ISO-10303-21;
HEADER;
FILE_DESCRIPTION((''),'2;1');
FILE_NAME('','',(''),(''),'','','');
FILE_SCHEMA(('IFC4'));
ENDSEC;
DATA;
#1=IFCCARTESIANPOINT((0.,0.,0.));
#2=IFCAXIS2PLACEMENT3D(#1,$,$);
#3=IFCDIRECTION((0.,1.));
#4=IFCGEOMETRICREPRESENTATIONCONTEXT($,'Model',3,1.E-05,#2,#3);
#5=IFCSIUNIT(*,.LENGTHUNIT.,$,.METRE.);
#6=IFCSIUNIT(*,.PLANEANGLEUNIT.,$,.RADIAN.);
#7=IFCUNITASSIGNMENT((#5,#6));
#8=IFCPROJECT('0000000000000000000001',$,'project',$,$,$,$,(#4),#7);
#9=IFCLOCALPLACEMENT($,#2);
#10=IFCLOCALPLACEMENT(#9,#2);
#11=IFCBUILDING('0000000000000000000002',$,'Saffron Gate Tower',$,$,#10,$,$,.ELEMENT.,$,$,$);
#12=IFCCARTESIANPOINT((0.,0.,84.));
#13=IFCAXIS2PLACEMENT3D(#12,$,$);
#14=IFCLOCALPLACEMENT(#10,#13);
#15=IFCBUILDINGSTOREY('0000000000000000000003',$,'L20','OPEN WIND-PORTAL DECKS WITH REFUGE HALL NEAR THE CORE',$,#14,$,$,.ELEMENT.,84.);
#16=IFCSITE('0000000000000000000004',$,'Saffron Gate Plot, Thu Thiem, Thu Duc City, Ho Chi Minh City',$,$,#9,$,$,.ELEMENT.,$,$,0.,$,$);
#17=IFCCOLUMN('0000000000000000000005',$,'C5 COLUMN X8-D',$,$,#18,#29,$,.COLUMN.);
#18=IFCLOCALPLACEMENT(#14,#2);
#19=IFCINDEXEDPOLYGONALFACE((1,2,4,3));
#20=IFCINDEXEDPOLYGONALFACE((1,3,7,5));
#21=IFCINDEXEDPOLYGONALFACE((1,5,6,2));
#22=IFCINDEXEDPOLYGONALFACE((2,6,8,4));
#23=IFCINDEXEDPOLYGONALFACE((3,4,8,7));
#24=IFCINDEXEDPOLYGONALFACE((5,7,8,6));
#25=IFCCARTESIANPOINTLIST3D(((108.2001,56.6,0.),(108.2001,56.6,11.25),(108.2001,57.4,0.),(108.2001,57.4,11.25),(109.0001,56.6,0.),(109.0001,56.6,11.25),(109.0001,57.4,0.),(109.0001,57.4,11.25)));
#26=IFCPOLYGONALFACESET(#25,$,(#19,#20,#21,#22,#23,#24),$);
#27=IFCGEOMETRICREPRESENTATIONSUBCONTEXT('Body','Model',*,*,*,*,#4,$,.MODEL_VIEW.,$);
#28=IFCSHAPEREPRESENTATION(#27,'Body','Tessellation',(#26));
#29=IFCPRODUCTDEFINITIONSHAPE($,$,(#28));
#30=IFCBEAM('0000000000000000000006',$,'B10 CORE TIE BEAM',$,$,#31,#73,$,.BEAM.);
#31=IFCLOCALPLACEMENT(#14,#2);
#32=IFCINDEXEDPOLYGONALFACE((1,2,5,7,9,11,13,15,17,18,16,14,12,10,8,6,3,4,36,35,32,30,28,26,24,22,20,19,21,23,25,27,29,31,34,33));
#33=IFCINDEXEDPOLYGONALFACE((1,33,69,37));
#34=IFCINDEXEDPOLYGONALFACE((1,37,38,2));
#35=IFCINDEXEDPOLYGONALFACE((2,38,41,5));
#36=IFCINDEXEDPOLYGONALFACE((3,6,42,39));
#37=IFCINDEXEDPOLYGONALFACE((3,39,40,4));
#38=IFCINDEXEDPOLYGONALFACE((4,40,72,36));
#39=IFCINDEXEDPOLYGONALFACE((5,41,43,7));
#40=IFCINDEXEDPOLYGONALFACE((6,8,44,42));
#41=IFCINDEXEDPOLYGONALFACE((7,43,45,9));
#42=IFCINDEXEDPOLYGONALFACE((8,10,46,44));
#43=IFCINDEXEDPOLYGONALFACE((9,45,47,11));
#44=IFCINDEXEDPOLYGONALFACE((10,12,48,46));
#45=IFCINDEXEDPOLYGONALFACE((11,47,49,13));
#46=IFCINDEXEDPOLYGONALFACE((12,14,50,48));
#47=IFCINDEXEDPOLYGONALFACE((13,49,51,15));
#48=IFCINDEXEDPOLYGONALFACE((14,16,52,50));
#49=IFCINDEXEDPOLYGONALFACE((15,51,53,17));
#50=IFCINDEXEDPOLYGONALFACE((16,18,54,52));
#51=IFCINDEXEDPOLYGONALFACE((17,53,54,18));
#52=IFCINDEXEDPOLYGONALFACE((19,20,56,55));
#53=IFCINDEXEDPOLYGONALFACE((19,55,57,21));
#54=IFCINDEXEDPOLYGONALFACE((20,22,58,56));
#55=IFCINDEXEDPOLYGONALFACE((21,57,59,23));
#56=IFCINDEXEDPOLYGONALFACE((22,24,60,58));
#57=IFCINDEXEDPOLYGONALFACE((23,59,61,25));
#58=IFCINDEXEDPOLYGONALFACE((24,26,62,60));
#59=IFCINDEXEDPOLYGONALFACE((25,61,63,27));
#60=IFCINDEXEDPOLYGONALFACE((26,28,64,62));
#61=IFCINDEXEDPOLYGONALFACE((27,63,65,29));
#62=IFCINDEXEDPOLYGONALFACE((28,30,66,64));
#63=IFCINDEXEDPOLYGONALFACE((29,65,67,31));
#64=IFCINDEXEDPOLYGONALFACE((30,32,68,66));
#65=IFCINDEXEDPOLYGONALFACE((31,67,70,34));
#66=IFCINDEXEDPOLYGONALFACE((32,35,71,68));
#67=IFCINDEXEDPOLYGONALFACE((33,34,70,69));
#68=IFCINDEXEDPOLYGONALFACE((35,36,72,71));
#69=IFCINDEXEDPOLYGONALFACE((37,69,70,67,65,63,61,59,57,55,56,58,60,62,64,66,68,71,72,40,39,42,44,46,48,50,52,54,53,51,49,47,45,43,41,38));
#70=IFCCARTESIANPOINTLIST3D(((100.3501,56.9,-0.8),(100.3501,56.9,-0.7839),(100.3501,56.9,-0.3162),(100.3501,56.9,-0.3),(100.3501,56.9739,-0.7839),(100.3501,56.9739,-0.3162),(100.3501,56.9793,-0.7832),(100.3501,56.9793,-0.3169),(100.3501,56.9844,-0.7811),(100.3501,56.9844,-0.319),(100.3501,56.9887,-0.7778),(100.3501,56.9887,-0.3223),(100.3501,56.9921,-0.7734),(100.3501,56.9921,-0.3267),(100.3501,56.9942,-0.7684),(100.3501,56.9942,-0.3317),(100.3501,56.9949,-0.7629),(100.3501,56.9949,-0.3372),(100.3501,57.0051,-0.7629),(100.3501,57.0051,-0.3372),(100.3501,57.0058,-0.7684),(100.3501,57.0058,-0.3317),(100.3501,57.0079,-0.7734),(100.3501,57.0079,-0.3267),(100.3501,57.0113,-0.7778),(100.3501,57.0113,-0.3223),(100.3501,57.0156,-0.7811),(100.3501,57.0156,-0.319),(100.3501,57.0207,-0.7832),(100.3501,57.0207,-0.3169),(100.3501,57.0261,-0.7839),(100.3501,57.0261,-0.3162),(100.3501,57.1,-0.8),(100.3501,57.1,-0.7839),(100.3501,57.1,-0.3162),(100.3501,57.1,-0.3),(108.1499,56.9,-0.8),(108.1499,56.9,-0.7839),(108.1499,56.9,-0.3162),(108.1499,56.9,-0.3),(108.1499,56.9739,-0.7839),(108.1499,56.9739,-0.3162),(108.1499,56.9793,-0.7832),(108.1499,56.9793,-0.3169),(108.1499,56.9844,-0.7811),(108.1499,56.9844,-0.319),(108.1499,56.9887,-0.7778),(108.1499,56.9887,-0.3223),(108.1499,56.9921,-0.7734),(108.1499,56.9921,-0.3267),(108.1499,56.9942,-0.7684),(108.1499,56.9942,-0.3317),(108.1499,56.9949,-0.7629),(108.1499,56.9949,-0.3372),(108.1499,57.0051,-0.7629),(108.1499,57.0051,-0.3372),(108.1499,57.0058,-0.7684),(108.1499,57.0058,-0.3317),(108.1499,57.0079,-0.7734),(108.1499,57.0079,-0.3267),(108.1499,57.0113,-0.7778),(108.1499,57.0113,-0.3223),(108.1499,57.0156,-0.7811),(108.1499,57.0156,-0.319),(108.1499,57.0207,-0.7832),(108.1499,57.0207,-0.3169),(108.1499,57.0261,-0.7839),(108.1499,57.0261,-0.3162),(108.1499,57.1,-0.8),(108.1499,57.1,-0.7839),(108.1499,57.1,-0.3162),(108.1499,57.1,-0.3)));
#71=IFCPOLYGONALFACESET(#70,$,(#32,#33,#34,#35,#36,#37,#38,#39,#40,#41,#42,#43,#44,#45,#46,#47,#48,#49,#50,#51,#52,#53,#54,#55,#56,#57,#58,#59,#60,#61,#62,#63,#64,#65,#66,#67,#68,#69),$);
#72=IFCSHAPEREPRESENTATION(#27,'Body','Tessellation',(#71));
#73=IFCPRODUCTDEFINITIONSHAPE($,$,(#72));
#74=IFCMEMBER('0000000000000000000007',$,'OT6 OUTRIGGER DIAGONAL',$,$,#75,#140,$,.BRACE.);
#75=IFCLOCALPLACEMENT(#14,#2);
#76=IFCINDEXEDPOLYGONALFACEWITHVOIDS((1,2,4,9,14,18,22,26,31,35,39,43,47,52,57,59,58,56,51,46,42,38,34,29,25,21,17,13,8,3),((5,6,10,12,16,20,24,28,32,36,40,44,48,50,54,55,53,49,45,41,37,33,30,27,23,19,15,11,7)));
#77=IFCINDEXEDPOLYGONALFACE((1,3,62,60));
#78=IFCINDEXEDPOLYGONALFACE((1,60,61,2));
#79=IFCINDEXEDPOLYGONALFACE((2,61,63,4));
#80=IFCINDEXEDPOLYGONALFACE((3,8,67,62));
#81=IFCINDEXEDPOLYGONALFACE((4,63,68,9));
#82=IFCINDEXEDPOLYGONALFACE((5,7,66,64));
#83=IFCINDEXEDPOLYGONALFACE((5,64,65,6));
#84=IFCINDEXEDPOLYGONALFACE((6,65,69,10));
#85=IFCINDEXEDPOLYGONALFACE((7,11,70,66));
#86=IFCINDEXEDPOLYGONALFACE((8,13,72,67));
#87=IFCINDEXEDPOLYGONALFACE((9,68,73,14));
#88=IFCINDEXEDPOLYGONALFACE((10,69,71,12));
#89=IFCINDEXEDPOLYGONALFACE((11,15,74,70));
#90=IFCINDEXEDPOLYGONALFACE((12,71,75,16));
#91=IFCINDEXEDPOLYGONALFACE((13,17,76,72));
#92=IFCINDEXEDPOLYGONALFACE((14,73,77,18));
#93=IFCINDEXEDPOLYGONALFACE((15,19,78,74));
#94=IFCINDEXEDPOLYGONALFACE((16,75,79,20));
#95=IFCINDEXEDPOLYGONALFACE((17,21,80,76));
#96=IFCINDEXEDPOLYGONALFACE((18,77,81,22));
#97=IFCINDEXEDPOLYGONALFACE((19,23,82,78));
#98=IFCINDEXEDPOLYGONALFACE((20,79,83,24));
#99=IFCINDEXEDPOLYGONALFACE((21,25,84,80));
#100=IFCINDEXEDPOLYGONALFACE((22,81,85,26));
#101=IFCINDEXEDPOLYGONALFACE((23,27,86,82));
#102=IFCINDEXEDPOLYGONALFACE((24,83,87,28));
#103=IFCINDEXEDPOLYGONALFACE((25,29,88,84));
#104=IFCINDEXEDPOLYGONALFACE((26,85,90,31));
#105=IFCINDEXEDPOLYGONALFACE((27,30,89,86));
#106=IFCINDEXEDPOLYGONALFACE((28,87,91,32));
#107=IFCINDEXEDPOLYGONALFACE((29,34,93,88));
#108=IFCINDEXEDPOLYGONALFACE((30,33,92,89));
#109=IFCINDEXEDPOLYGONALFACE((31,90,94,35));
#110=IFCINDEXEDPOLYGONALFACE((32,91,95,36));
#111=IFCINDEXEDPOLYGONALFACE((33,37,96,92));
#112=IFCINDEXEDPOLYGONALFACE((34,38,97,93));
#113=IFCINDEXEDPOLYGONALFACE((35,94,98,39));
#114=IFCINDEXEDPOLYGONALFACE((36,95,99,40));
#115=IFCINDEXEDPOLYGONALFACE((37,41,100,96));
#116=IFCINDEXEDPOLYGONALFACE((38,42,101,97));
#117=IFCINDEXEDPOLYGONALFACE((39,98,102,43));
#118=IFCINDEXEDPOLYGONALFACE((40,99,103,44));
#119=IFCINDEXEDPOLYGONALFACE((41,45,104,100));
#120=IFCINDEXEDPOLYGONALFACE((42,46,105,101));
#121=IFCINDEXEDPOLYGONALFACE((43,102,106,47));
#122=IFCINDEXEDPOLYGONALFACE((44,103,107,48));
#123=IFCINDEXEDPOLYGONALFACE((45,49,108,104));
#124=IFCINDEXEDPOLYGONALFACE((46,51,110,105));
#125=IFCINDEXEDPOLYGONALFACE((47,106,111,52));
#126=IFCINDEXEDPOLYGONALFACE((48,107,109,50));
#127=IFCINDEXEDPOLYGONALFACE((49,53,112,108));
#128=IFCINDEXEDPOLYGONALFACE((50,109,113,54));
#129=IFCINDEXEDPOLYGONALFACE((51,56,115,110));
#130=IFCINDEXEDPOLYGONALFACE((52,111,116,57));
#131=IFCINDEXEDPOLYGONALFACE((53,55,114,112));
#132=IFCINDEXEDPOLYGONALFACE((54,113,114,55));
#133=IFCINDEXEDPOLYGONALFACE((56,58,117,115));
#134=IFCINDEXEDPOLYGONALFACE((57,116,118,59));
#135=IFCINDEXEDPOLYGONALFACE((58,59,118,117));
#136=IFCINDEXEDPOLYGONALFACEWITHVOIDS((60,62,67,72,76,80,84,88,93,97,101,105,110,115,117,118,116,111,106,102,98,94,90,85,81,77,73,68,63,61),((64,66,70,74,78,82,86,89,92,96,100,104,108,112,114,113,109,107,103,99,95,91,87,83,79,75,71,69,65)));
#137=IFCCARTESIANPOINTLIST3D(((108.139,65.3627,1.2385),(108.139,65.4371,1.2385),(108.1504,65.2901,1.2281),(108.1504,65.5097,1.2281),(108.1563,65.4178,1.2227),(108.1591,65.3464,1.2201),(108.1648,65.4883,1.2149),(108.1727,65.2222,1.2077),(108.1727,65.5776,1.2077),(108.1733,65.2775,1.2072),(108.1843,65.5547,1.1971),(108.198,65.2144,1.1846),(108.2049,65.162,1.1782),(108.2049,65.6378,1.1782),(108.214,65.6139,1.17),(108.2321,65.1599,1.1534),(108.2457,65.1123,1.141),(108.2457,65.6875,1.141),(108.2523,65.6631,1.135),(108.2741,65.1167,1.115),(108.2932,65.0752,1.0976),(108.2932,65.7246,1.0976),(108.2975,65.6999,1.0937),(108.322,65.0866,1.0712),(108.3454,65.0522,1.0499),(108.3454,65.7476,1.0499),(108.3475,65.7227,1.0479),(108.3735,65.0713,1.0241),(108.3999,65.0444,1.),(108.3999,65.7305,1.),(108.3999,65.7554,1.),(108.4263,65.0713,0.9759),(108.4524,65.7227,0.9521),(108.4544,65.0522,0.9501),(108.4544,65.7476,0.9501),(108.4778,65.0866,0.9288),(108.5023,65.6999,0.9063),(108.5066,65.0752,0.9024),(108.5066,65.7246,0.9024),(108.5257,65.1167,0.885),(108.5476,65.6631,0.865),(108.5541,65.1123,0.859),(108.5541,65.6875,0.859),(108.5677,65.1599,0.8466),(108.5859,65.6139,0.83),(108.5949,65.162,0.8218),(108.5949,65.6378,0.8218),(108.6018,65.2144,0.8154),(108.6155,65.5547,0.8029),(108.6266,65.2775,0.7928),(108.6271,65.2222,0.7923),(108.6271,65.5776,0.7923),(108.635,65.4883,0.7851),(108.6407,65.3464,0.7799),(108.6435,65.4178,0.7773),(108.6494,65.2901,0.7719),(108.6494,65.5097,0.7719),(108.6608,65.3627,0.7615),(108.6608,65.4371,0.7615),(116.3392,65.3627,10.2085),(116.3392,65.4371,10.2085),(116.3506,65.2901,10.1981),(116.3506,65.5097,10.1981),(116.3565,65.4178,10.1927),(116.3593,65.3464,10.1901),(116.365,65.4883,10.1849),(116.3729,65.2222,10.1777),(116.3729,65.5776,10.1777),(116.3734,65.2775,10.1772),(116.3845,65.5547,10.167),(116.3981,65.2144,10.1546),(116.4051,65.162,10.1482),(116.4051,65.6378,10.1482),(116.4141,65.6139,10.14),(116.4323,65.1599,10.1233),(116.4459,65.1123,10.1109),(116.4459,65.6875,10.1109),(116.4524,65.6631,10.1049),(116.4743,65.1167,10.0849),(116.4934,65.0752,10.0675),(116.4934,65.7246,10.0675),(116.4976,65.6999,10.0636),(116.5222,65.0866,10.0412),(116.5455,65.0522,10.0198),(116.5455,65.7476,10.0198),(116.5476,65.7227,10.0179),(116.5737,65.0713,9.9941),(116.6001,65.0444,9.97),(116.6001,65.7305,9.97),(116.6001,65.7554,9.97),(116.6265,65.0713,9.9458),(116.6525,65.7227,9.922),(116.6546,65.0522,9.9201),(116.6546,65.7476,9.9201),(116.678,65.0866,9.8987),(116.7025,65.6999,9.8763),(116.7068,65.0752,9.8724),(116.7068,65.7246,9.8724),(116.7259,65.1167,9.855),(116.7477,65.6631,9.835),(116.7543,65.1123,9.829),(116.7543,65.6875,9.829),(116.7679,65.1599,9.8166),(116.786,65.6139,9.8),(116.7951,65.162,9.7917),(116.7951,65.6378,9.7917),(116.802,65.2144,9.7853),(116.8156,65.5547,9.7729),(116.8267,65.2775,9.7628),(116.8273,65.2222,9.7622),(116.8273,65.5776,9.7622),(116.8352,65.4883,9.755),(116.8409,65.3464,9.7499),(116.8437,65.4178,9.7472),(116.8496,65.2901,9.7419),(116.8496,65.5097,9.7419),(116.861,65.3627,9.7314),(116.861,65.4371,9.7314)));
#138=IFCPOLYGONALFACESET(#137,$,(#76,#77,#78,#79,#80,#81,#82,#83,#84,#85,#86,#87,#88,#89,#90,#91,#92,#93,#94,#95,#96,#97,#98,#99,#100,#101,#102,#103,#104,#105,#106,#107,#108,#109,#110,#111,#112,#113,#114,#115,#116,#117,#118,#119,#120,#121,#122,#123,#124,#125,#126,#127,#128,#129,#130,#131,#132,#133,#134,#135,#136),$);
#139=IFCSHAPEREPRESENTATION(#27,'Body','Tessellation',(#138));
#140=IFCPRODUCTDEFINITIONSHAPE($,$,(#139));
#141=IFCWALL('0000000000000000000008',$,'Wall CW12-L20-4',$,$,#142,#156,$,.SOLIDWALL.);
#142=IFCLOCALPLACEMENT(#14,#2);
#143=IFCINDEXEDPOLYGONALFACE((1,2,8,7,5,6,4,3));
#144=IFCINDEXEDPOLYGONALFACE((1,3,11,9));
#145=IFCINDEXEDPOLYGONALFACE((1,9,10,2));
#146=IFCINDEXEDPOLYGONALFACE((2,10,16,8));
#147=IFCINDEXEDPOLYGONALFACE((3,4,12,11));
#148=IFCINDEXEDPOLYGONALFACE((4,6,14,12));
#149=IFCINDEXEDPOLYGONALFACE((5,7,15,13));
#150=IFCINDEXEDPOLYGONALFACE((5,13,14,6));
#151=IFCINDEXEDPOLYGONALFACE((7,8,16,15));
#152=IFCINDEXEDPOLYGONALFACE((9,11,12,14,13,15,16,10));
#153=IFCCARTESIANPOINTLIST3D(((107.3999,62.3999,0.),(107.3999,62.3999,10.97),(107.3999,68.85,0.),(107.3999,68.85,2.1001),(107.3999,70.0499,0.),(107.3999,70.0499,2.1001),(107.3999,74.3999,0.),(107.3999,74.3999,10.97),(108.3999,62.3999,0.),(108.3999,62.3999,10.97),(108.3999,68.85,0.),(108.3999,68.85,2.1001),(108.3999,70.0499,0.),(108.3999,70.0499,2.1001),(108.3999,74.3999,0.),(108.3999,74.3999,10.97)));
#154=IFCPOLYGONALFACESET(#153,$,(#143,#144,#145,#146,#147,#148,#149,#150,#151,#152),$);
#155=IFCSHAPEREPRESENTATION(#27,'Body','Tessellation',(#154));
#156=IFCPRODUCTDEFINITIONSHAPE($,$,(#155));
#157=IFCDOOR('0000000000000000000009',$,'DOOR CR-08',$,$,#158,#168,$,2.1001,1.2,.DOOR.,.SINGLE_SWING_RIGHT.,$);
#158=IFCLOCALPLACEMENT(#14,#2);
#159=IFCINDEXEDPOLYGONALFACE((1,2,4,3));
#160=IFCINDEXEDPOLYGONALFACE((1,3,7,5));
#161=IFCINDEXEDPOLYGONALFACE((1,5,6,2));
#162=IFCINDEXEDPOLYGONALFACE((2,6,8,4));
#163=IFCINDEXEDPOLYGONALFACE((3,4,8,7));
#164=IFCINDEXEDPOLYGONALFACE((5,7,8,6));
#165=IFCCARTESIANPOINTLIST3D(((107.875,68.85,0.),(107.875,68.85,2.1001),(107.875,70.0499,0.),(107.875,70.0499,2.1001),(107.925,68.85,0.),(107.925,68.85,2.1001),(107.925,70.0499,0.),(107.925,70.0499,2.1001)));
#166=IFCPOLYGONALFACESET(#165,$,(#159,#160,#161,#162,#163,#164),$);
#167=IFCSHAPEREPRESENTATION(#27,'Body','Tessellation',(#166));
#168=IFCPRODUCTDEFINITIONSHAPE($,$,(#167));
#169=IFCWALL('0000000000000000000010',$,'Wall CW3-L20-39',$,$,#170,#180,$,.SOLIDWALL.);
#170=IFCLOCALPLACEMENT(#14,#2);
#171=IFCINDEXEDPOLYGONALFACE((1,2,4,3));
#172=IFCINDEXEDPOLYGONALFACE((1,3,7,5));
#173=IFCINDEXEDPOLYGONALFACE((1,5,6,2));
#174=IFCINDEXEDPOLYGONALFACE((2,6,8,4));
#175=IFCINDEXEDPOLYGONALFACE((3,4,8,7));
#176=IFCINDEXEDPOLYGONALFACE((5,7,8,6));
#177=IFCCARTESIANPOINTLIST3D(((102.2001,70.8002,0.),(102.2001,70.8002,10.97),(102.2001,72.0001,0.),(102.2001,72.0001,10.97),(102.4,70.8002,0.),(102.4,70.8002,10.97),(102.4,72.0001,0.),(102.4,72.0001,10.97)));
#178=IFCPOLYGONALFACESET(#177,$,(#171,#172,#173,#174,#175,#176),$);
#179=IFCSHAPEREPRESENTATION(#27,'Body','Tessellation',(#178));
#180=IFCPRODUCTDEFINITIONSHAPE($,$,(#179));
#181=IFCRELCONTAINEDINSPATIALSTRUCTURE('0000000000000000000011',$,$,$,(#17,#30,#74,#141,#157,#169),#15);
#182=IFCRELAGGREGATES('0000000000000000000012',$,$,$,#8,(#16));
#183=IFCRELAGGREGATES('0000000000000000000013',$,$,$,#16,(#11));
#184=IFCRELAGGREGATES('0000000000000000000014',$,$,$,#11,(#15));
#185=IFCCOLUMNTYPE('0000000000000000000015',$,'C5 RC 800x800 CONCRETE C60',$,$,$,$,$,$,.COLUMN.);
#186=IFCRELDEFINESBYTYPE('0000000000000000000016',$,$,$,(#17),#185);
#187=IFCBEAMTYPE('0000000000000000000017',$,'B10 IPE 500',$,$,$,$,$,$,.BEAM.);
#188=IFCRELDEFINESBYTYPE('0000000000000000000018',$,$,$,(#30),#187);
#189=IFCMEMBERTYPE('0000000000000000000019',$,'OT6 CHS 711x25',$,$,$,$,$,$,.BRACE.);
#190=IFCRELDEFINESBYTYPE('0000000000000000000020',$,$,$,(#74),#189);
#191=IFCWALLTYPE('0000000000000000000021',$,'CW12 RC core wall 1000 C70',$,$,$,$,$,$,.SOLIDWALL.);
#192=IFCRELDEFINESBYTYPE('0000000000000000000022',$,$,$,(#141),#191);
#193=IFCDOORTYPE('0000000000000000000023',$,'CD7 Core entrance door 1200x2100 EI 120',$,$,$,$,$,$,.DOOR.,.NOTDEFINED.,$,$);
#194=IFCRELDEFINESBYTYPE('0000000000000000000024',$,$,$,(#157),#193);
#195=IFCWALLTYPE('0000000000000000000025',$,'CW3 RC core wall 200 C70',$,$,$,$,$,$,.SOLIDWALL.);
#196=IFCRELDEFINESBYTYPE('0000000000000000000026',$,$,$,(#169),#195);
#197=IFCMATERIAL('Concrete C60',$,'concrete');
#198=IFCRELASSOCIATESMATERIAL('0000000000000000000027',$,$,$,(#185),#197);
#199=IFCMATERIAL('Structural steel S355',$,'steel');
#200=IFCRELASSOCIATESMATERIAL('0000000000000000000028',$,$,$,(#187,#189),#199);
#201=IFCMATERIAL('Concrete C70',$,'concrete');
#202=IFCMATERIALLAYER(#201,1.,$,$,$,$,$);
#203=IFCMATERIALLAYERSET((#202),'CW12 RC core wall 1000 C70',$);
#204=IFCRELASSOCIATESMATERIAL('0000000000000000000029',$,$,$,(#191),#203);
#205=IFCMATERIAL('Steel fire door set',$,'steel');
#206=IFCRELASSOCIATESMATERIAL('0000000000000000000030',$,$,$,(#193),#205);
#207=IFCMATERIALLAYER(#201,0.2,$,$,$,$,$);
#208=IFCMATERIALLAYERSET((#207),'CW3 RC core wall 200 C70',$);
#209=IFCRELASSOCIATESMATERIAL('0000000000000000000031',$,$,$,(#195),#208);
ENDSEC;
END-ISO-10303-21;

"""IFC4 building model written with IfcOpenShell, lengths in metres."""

from ifc_helpers import new_model, si_unit, direction, frame, frame_2d, origin, origin_2d, place, context, subcontext, project, spatial, rectangle, hollow_circle, i_section, extrude, material, layer, layer_set, material_profile, profile_set, type_object, element, fill, save


model = new_model("IFC4")

# Units and contexts
model_context = context("Model", 3, precision=1e-05, world=origin(), true_north=direction((0.0, 1.0)))
body_context = subcontext(model_context, "Body", "Model", "MODEL_VIEW")
ifc_project = project(units=[si_unit("LENGTHUNIT", "METRE"), si_unit("PLANEANGLEUNIT", "RADIAN")], contexts=[model_context])

# Site, building, storey
site_placement = place(None, origin())
site = spatial("IfcSite", under=ifc_project, at=site_placement, Name="Saffron Gate Plot, Thu Thiem, Thu Duc City, Ho Chi Minh City", CompositionType="ELEMENT", RefElevation=0.0)
building_placement = place(site_placement, origin())
building = spatial("IfcBuilding", under=site, at=building_placement, Name="Saffron Gate Tower", CompositionType="ELEMENT")
storey_placement = place(building_placement, frame((0.0, 0.0, 84.0)))
storey = spatial("IfcBuildingStorey", under=building, at=storey_placement, Name="L20", Description="OPEN WIND-PORTAL DECKS WITH REFUGE HALL NEAR THE CORE", CompositionType="ELEMENT", Elevation=84.0)

# Column
ifc_material_1 = material(Name="Concrete C60", Category="concrete")
ifc_material_profile_1 = material_profile(ifc_material_1, rectangle(XDim=0.8, YDim=0.8, at=origin_2d()))
ifc_profile_set_1 = profile_set([ifc_material_profile_1], Name="Concrete C60")
column_type = type_object("IfcColumnType", Name="C5 RC 800x800 CONCRETE C60", PredefinedType="COLUMN", material=ifc_profile_set_1)
column_placement = place(storey_placement, frame((108.6001, 57.0, 0.0), z_axis=(0.0, 0.0, 1.0), x_axis=(1.0, 0.0, 0.0)))
element("IfcColumn", 1, at=column_placement, inside=storey, type_object=column_type, Name="C5 COLUMN X8-D", PredefinedType="COLUMN", context=body_context, shape_type="SweptSolid", body=[
    extrude(rectangle(XDim=0.8, YDim=0.8, at=origin_2d()), origin(), (0.0, 0.0, 1.0), 11.25),
])

# Beam
ifc_material_2 = material(Name="Structural steel S355", Category="steel")
ifc_material_profile_2 = material_profile(ifc_material_2, i_section(OverallWidth=0.2, OverallDepth=0.5, WebThickness=0.0103, FlangeThickness=0.0161, FilletRadius=0.021, at=origin_2d()))
ifc_profile_set_2 = profile_set([ifc_material_profile_2], Name="Structural steel S355")
beam_type = type_object("IfcBeamType", Name="B10 IPE 500", PredefinedType="BEAM", material=ifc_profile_set_2)
beam_placement = place(storey_placement, frame((108.1499, 57.0, -0.55), z_axis=(-1.0, 0.0, 0.0), x_axis=(0.0, -1.0, 0.0)))
element("IfcBeam", 2, at=beam_placement, inside=storey, type_object=beam_type, Name="B10 CORE TIE BEAM", PredefinedType="BEAM", context=body_context, shape_type="SweptSolid", body=[
    extrude(i_section(OverallWidth=0.2, OverallDepth=0.5, WebThickness=0.0103, FlangeThickness=0.0161, FilletRadius=0.021, at=origin_2d()), origin(), (0.0, 0.0, 1.0), 7.7998),
])

# Member
ifc_material_profile_3 = material_profile(ifc_material_2, hollow_circle(Radius=0.3555, WallThickness=0.0249, at=origin_2d()))
ifc_profile_set_3 = profile_set([ifc_material_profile_3], Name="Structural steel S355")
member_type = type_object("IfcMemberType", Name="OT6 CHS 711x25", PredefinedType="BRACE", material=ifc_profile_set_3)
member_placement = place(storey_placement, frame((108.3999, 65.3999, 1.0), z_axis=(0.674728, 0.0, 0.738067), x_axis=(0.0, 1.0, 0.0)))
element("IfcMember", 3, at=member_placement, inside=storey, type_object=member_type, Name="OT6 OUTRIGGER DIAGONAL", PredefinedType="BRACE", context=body_context, shape_type="SweptSolid", body=[
    extrude(hollow_circle(Radius=0.3555, WallThickness=0.0249, at=origin_2d()), origin(), (0.0, 0.0, 1.0), 12.1533),
])

# Wall, opening, door
ifc_material_3 = material(Name="Concrete C70", Category="concrete")
ifc_layer_1 = layer(ifc_material_3, 1.0)
ifc_layer_set_1 = layer_set([ifc_layer_1], Name="CW12 RC core wall 1000 C70")
wall_type_1 = type_object("IfcWallType", Name="CW12 RC core wall 1000 C70", PredefinedType="SOLIDWALL", material=ifc_layer_set_1)
wall_1_placement = place(storey_placement, frame((107.8999, 62.3999, 0.0), z_axis=(0.0, 0.0, 1.0), x_axis=(0.0, 1.0, 0.0)))
wall_1 = element("IfcWall", 4, at=wall_1_placement, inside=storey, type_object=wall_type_1, Name="Wall CW12-L20-4", PredefinedType="SOLIDWALL", context=body_context, shape_type="SweptSolid", body=[
    extrude(rectangle(XDim=12.0, YDim=1.0, at=frame_2d((6.0, 0.0))), origin(), (0.0, 0.0, 1.0), 10.97),
])
opening_placement = place(wall_1_placement, frame((6.45, 0.0, 0.0)))
opening = element("IfcOpeningElement", 5, at=opening_placement, cuts=wall_1, PredefinedType="OPENING", context=body_context, shape_type="SweptSolid", body=[
    extrude(rectangle(XDim=1.2, YDim=2.1001, at=frame_2d((0.6001, 1.05))), frame((0.0, 0.51, 0.0), z_axis=(0.0, -1.0, 0.0), x_axis=(1.0, 0.0, 0.0)), (0.0, 0.0, 1.0), 1.02),
])
ifc_material_4 = material(Name="Steel fire door set", Category="steel")
door_type = type_object("IfcDoorType", Name="CD7 Core entrance door 1200x2100 EI 120", OperationType="NOTDEFINED", PredefinedType="DOOR", material=ifc_material_4)
door_placement = place(opening_placement, origin())
door = element("IfcDoor", 6, at=door_placement, inside=storey, type_object=door_type, Name="DOOR CR-08", OperationType="SINGLE_SWING_RIGHT", OverallHeight=2.1001, OverallWidth=1.2, PredefinedType="DOOR", context=body_context, shape_type="SweptSolid", body=[
    extrude(rectangle(XDim=1.2, YDim=2.1001, at=frame_2d((0.6001, 1.05))), frame((0.0, 0.0249, 0.0), z_axis=(0.0, -1.0, 0.0), x_axis=(1.0, 0.0, 0.0)), (0.0, 0.0, 1.0), 0.05),
])
fill(opening, door)

# Wall
ifc_layer_2 = layer(ifc_material_3, 0.2)
ifc_layer_set_2 = layer_set([ifc_layer_2], Name="CW3 RC core wall 200 C70")
wall_type_2 = type_object("IfcWallType", Name="CW3 RC core wall 200 C70", PredefinedType="SOLIDWALL", material=ifc_layer_set_2)
wall_2_placement = place(storey_placement, frame((102.3, 70.8, 0.0), z_axis=(0.0, 0.0, 1.0), x_axis=(0.0, 1.0, 0.0)))
element("IfcWall", 7, at=wall_2_placement, inside=storey, type_object=wall_type_2, Name="Wall CW3-L20-39", PredefinedType="SOLIDWALL", context=body_context, shape_type="SweptSolid", body=[
    extrude(rectangle(XDim=1.2, YDim=0.2, at=frame_2d((0.6001, 0.0))), origin(), (0.0, 0.0, 1.0), 10.97),
])

save(model, "model.ifc")
